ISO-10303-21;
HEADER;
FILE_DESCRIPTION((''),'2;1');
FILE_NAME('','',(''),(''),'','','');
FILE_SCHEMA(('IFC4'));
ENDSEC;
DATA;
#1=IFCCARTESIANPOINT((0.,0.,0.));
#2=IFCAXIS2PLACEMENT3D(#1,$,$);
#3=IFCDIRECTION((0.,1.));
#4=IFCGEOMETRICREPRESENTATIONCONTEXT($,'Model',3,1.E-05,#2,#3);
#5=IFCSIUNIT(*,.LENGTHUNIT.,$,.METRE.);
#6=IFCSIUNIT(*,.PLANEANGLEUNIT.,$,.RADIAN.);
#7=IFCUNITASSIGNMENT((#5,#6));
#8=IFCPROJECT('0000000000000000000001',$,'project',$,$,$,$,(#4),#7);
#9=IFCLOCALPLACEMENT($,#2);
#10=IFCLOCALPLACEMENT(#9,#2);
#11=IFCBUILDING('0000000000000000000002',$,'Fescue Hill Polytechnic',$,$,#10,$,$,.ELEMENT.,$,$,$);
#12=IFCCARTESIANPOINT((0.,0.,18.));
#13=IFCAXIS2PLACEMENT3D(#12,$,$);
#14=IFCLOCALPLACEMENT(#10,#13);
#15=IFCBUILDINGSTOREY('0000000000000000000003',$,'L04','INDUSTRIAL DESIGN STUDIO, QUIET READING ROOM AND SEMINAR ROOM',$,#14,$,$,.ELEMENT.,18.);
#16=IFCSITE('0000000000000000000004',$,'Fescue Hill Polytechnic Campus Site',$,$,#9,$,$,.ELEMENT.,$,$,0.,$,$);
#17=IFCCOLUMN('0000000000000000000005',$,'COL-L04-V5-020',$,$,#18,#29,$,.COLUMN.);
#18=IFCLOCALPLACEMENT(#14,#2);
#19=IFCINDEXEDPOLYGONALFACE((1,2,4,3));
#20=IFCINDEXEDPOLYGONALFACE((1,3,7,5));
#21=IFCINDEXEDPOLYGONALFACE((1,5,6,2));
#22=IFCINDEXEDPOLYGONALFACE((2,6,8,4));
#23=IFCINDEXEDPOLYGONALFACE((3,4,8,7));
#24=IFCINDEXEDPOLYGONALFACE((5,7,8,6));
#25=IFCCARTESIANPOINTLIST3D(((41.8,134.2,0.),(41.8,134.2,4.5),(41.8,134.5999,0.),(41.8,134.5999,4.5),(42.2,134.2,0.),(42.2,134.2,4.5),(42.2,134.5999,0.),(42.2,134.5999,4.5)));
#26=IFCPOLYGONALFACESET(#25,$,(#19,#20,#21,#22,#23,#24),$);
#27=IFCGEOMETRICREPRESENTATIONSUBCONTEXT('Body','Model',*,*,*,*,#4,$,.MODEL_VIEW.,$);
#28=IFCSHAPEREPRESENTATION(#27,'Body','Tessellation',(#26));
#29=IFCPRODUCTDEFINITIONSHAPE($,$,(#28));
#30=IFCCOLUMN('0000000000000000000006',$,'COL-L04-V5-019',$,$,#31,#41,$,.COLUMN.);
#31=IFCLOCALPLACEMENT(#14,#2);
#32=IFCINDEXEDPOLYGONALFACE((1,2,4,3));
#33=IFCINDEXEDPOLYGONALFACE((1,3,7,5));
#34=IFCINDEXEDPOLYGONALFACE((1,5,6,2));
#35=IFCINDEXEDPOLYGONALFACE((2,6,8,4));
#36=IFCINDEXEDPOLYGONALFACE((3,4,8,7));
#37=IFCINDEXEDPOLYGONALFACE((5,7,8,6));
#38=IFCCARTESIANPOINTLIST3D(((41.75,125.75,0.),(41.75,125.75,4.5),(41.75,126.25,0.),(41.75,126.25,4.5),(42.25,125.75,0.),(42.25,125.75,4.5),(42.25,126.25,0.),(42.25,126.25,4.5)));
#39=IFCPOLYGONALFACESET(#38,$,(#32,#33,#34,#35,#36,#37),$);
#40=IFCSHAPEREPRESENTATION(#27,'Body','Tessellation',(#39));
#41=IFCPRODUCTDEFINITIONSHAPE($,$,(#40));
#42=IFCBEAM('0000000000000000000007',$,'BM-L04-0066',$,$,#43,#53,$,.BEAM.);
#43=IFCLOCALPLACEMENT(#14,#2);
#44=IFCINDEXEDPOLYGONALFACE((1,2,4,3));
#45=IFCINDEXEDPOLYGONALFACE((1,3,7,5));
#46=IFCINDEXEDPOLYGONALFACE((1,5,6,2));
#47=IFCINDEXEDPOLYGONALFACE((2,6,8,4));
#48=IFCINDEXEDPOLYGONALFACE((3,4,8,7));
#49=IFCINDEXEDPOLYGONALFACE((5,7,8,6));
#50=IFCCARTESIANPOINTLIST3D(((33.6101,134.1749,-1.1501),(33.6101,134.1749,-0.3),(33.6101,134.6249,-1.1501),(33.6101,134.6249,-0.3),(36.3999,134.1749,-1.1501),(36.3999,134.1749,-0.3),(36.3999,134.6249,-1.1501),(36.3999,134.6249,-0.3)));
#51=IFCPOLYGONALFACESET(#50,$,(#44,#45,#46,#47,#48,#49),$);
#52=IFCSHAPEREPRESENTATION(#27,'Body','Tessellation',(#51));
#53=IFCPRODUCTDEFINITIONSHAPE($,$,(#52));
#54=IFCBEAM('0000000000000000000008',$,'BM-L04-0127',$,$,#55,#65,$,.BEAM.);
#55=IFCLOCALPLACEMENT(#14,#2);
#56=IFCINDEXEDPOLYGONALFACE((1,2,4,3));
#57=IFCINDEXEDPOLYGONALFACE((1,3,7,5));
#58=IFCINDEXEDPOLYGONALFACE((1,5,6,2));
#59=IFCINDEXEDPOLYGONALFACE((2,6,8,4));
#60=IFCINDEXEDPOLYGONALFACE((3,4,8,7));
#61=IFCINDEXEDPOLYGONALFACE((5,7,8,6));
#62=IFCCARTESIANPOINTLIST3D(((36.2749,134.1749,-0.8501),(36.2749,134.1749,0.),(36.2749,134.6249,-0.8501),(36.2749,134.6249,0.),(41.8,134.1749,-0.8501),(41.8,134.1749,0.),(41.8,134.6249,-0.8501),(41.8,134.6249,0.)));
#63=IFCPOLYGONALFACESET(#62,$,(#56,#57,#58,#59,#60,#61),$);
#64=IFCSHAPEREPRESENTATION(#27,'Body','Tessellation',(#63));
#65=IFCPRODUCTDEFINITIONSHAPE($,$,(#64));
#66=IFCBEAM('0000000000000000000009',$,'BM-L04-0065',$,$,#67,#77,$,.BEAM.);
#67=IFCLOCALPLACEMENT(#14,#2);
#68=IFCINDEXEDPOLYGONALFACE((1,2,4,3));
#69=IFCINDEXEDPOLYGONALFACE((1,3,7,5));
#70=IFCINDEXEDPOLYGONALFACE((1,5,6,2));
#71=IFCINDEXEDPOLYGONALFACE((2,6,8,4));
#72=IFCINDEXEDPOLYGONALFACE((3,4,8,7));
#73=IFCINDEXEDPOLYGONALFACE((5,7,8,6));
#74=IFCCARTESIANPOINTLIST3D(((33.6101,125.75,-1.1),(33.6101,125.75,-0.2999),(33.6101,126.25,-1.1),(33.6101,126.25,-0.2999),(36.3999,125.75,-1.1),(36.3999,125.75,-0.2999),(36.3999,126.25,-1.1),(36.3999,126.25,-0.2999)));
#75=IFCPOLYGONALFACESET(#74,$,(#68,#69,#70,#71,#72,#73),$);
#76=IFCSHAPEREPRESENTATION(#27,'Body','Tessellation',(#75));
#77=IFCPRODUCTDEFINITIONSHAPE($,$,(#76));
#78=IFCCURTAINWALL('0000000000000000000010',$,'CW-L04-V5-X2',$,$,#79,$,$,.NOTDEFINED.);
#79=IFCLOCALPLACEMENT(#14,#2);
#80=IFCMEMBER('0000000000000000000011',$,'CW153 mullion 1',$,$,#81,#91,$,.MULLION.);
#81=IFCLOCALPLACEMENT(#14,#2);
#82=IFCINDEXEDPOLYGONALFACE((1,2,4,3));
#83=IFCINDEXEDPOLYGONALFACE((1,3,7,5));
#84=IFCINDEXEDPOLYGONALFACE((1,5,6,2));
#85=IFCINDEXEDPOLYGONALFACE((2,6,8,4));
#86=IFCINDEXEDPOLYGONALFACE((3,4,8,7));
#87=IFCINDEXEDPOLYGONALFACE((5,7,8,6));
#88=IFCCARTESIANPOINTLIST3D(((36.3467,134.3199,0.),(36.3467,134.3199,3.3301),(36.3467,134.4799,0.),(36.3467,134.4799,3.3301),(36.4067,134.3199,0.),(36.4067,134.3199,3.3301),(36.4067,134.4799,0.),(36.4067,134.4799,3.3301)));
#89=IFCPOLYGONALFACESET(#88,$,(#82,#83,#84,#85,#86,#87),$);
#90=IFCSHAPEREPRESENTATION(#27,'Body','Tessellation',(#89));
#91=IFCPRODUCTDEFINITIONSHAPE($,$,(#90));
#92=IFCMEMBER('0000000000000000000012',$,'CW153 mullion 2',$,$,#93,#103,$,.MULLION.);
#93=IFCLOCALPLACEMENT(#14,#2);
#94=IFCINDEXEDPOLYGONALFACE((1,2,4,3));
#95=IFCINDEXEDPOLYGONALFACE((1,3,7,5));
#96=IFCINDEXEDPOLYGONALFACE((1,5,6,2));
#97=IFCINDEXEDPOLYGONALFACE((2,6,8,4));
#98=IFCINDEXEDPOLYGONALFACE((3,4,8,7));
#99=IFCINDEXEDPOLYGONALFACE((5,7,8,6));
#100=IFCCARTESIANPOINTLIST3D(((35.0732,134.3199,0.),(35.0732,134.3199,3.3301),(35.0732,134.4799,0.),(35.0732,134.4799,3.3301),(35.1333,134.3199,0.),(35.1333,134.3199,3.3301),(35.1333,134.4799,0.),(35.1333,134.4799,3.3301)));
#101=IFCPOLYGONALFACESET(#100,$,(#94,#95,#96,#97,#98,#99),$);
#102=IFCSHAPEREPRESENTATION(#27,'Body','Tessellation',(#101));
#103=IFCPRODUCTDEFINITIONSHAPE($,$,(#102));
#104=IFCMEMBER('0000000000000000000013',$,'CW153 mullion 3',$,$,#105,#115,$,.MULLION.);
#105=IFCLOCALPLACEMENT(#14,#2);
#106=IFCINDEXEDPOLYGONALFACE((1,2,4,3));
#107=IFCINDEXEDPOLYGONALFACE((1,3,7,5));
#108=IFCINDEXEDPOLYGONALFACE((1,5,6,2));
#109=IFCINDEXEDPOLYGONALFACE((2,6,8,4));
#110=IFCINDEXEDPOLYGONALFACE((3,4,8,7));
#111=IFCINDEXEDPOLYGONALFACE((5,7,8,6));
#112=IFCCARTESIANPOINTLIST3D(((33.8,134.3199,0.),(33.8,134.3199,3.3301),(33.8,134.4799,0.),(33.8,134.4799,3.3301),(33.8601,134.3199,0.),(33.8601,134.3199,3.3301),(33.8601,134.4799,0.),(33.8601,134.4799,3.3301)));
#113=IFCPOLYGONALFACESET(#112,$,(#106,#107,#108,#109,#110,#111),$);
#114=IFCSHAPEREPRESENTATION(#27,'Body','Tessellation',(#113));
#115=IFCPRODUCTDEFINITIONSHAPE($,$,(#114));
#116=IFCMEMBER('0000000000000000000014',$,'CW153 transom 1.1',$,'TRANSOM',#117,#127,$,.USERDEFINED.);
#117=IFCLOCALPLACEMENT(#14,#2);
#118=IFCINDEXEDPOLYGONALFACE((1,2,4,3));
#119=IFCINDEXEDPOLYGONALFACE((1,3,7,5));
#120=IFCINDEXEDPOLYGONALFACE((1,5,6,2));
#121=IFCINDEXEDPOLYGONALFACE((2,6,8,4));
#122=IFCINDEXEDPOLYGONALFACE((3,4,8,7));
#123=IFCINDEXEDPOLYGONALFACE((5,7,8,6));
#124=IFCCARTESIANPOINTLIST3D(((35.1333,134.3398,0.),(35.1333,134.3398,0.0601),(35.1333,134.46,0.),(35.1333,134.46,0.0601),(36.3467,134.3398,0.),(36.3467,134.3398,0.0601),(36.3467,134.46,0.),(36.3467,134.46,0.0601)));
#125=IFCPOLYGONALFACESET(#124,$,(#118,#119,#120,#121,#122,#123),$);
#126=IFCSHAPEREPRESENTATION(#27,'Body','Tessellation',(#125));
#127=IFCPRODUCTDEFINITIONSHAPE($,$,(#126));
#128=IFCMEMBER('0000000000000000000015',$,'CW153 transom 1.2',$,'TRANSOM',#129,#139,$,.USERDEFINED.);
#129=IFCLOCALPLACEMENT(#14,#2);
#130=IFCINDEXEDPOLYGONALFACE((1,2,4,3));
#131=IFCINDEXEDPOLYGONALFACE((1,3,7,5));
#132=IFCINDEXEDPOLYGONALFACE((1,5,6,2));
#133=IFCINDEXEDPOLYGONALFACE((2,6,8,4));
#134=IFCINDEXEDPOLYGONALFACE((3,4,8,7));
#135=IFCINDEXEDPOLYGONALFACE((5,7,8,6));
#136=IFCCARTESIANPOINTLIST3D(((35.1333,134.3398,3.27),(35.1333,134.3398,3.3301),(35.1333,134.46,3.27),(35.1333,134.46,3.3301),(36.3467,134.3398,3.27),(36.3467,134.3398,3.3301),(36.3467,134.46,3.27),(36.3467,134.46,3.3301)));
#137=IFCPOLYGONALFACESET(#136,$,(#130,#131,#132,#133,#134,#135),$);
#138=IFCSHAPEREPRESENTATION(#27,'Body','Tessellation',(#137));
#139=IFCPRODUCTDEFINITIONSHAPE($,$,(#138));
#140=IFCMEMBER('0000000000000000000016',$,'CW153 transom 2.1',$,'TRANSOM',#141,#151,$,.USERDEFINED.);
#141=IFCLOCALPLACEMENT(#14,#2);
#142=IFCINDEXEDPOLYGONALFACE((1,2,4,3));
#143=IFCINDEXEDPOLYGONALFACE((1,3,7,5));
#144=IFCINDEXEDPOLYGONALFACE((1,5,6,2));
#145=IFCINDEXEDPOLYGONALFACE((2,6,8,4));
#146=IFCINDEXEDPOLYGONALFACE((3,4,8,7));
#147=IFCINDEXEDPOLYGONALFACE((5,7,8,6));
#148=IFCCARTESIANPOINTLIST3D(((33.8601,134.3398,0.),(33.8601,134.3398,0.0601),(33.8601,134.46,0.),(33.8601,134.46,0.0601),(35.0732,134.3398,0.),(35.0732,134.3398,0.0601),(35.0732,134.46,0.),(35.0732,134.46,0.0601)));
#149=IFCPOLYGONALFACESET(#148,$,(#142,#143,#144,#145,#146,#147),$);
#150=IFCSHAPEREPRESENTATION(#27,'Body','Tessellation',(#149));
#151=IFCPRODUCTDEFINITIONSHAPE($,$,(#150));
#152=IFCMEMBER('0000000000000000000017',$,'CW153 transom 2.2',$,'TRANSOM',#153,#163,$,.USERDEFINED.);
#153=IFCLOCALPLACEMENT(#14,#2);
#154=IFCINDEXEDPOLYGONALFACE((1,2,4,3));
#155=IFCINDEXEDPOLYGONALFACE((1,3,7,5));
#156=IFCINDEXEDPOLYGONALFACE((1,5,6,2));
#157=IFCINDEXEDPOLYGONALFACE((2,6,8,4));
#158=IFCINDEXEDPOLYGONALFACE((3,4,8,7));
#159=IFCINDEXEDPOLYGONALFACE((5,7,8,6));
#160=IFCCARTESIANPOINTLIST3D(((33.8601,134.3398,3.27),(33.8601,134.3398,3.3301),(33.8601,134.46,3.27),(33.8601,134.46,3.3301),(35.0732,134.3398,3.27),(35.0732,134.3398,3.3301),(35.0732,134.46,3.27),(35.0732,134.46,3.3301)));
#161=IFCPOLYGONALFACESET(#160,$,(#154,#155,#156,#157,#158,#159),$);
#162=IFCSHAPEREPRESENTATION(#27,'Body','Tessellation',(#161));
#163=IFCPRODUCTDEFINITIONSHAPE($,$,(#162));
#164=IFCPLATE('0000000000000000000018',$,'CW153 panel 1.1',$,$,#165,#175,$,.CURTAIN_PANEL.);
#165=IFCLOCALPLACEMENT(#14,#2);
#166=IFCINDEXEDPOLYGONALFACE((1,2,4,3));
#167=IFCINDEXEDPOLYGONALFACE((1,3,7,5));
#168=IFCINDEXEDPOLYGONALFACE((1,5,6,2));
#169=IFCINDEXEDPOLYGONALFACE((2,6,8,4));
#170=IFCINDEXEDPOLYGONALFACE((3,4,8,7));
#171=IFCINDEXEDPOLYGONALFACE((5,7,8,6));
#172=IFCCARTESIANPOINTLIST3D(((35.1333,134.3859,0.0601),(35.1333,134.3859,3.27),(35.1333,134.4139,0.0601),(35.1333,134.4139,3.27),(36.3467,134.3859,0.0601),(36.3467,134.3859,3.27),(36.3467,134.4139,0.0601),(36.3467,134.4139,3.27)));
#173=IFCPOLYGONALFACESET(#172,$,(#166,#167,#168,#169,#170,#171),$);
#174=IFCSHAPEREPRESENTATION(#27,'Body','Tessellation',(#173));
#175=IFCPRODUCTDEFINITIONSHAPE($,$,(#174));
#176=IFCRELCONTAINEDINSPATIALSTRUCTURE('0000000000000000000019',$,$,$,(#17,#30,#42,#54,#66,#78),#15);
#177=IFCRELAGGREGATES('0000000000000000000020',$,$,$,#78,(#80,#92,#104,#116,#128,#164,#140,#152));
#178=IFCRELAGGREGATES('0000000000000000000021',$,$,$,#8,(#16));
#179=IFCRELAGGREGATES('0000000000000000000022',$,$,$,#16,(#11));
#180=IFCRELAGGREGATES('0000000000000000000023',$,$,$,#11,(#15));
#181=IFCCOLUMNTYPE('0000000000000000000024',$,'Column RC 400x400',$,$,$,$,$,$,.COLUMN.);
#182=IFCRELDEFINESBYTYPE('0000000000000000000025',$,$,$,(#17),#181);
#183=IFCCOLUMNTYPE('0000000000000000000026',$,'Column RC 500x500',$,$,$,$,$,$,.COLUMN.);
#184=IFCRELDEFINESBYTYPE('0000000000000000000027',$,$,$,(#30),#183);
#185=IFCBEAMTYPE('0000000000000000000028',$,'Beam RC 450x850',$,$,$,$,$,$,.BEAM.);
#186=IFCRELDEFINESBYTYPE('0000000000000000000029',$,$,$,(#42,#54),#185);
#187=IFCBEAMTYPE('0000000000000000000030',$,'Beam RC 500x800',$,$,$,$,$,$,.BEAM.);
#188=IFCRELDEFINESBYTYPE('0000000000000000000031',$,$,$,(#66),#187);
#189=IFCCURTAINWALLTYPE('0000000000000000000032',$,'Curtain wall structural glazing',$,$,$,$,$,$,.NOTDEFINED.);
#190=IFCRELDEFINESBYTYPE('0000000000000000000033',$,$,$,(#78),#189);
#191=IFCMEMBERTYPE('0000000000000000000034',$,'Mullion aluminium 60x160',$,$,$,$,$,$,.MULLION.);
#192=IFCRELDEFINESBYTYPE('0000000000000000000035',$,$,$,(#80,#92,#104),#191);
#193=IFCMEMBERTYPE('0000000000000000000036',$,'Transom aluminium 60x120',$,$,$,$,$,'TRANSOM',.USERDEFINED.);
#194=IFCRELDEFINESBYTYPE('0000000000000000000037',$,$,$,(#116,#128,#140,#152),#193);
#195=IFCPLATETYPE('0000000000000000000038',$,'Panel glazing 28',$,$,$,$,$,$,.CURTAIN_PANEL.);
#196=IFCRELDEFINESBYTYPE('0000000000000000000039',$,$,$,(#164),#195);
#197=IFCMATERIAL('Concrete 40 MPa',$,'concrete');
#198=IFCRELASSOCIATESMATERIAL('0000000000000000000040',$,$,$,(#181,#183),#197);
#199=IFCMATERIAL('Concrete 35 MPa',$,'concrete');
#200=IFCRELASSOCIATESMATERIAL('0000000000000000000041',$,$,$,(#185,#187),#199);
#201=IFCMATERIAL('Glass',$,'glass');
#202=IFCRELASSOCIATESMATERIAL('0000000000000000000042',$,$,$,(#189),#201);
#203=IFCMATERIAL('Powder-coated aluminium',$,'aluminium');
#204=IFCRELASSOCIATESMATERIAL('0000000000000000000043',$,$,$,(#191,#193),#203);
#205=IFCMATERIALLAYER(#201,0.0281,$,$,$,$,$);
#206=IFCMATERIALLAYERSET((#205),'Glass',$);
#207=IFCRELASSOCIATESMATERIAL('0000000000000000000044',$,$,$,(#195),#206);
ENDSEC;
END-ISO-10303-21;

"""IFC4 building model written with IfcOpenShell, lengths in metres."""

from ifc_helpers import new_model, si_unit, direction, frame, origin, origin_2d, place, context, subcontext, project, spatial, rectangle, extrude, material, layer, layer_set, material_profile, profile_set, type_object, element, aggregate, save


model = new_model("IFC4")

# Units and contexts
model_context = context("Model", 3, precision=1e-05, world=origin(), true_north=direction((0.0, 1.0)))
body_context = subcontext(model_context, "Body", "Model", "MODEL_VIEW")
ifc_project = project(units=[si_unit("LENGTHUNIT", "METRE"), si_unit("PLANEANGLEUNIT", "RADIAN")], contexts=[model_context])

# Site, building, storey
site_placement = place(None, origin())
site = spatial("IfcSite", under=ifc_project, at=site_placement, Name="Fescue Hill Polytechnic Campus Site", CompositionType="ELEMENT", RefElevation=0.0)
building_placement = place(site_placement, origin())
building = spatial("IfcBuilding", under=site, at=building_placement, Name="Fescue Hill Polytechnic", CompositionType="ELEMENT")
storey_placement = place(building_placement, frame((0.0, 0.0, 18.0)))
storey = spatial("IfcBuildingStorey", under=building, at=storey_placement, Name="L04", Description="INDUSTRIAL DESIGN STUDIO, QUIET READING ROOM AND SEMINAR ROOM", CompositionType="ELEMENT", Elevation=18.0)

# Columns
ifc_material_1 = material(Name="Concrete 40 MPa", Category="concrete")
ifc_material_profile_1 = material_profile(ifc_material_1, rectangle(XDim=0.3999, YDim=0.3999, at=origin_2d()), Name="RC 400x400")
ifc_profile_set_1 = profile_set([ifc_material_profile_1], Name="Concrete 40 MPa")
column_type_1 = type_object("IfcColumnType", Name="Column RC 400x400", PredefinedType="COLUMN", material=ifc_profile_set_1)
column_1_placement = place(storey_placement, frame((42.0, 134.3999, 0.0), z_axis=(0.0, 0.0, 1.0), x_axis=(1.0, 0.0, 0.0)))
element("IfcColumn", 1, at=column_1_placement, inside=storey, type_object=column_type_1, Name="COL-L04-V5-020", PredefinedType="COLUMN", context=body_context, shape_type="SweptSolid", body=[
    extrude(rectangle(XDim=0.3999, YDim=0.3999, at=origin_2d()), origin(), (0.0, 0.0, 1.0), 4.5),
])
ifc_material_profile_2 = material_profile(ifc_material_1, rectangle(XDim=0.5, YDim=0.5, at=origin_2d()), Name="RC 500x500")
ifc_profile_set_2 = profile_set([ifc_material_profile_2], Name="Concrete 40 MPa")
column_type_2 = type_object("IfcColumnType", Name="Column RC 500x500", PredefinedType="COLUMN", material=ifc_profile_set_2)
column_2_placement = place(storey_placement, frame((42.0, 126.0, 0.0), z_axis=(0.0, 0.0, 1.0), x_axis=(1.0, 0.0, 0.0)))
element("IfcColumn", 2, at=column_2_placement, inside=storey, type_object=column_type_2, Name="COL-L04-V5-019", PredefinedType="COLUMN", context=body_context, shape_type="SweptSolid", body=[
    extrude(rectangle(XDim=0.5, YDim=0.5, at=origin_2d()), origin(), (0.0, 0.0, 1.0), 4.5),
])

# Beams
ifc_material_2 = material(Name="Concrete 35 MPa", Category="concrete")
ifc_material_profile_3 = material_profile(ifc_material_2, rectangle(XDim=0.45, YDim=0.8501, at=origin_2d()), Name="RC 450x850")
ifc_profile_set_3 = profile_set([ifc_material_profile_3], Name="Concrete 35 MPa")
beam_type_1 = type_object("IfcBeamType", Name="Beam RC 450x850", PredefinedType="BEAM", material=ifc_profile_set_3)
beam_1_placement = place(storey_placement, frame((33.6101, 134.3999, -0.7251), z_axis=(1.0, 0.0, 0.0), x_axis=(0.0, 1.0, 0.0)))
element("IfcBeam", 3, at=beam_1_placement, inside=storey, type_object=beam_type_1, Name="BM-L04-0066", PredefinedType="BEAM", context=body_context, shape_type="SweptSolid", body=[
    extrude(rectangle(XDim=0.45, YDim=0.8501, at=origin_2d()), origin(), (0.0, 0.0, 1.0), 2.7898),
])
beam_2_placement = place(storey_placement, frame((36.2749, 134.3999, -0.425), z_axis=(1.0, 0.0, 0.0), x_axis=(0.0, 1.0, 0.0)))
element("IfcBeam", 4, at=beam_2_placement, inside=storey, type_object=beam_type_1, Name="BM-L04-0127", PredefinedType="BEAM", context=body_context, shape_type="SweptSolid", body=[
    extrude(rectangle(XDim=0.45, YDim=0.8501, at=origin_2d()), origin(), (0.0, 0.0, 1.0), 5.5251),
])
ifc_material_profile_4 = material_profile(ifc_material_2, rectangle(XDim=0.5, YDim=0.8, at=origin_2d()), Name="RC 500x800")
ifc_profile_set_4 = profile_set([ifc_material_profile_4], Name="Concrete 35 MPa")
beam_type_2 = type_object("IfcBeamType", Name="Beam RC 500x800", PredefinedType="BEAM", material=ifc_profile_set_4)
beam_3_placement = place(storey_placement, frame((33.6101, 126.0, -0.7), z_axis=(1.0, 0.0, 0.0), x_axis=(0.0, 1.0, 0.0)))
element("IfcBeam", 5, at=beam_3_placement, inside=storey, type_object=beam_type_2, Name="BM-L04-0065", PredefinedType="BEAM", context=body_context, shape_type="SweptSolid", body=[
    extrude(rectangle(XDim=0.5, YDim=0.8, at=origin_2d()), origin(), (0.0, 0.0, 1.0), 2.7898),
])

# Curtain wall, members, plate
ifc_material_3 = material(Name="Glass", Category="glass")
curtain_wall_type = type_object("IfcCurtainWallType", Name="Curtain wall structural glazing", PredefinedType="NOTDEFINED", material=ifc_material_3)
curtain_wall_placement = place(storey_placement, origin())
curtain_wall = element("IfcCurtainWall", 6, at=curtain_wall_placement, inside=storey, type_object=curtain_wall_type, Name="CW-L04-V5-X2", PredefinedType="NOTDEFINED")
ifc_material_4 = material(Name="Powder-coated aluminium", Category="aluminium")
ifc_material_profile_5 = material_profile(ifc_material_4, rectangle(XDim=0.1599, YDim=0.0601, at=origin_2d()), Name="Mullion aluminium 60x160")
ifc_profile_set_5 = profile_set([ifc_material_profile_5], Name="Powder-coated aluminium")
member_type_1 = type_object("IfcMemberType", Name="Mullion aluminium 60x160", PredefinedType="MULLION", material=ifc_profile_set_5)
member_1_placement = place(storey_placement, frame((36.3767, 134.3999, 0.0), z_axis=(0.0, 0.0, 1.0), x_axis=(0.0, -1.0, 0.0)))
member_1 = element("IfcMember", 7, at=member_1_placement, type_object=member_type_1, Name="CW153 mullion 1", PredefinedType="MULLION", context=body_context, shape_type="SweptSolid", body=[
    extrude(rectangle(XDim=0.1599, YDim=0.0601, at=origin_2d()), origin(), (0.0, 0.0, 1.0), 3.3301),
])
member_2_placement = place(storey_placement, frame((35.1033, 134.3999, 0.0), z_axis=(0.0, 0.0, 1.0), x_axis=(0.0, -1.0, 0.0)))
member_2 = element("IfcMember", 8, at=member_2_placement, type_object=member_type_1, Name="CW153 mullion 2", PredefinedType="MULLION", context=body_context, shape_type="SweptSolid", body=[
    extrude(rectangle(XDim=0.1599, YDim=0.0601, at=origin_2d()), origin(), (0.0, 0.0, 1.0), 3.3301),
])
member_3_placement = place(storey_placement, frame((33.8301, 134.3999, 0.0), z_axis=(0.0, 0.0, 1.0), x_axis=(0.0, -1.0, 0.0)))
member_3 = element("IfcMember", 9, at=member_3_placement, type_object=member_type_1, Name="CW153 mullion 3", PredefinedType="MULLION", context=body_context, shape_type="SweptSolid", body=[
    extrude(rectangle(XDim=0.1599, YDim=0.0601, at=origin_2d()), origin(), (0.0, 0.0, 1.0), 3.3301),
])
ifc_material_profile_6 = material_profile(ifc_material_4, rectangle(XDim=0.1201, YDim=0.0601, at=origin_2d()), Name="Transom aluminium 60x120")
ifc_profile_set_6 = profile_set([ifc_material_profile_6], Name="Powder-coated aluminium")
member_type_2 = type_object("IfcMemberType", Name="Transom aluminium 60x120", ElementType="TRANSOM", PredefinedType="USERDEFINED", material=ifc_profile_set_6)
member_4_placement = place(storey_placement, frame((36.3467, 134.3999, 0.03), z_axis=(-1.0, 0.0, 0.0), x_axis=(0.0, -1.0, 0.0)))
member_4 = element("IfcMember", 10, at=member_4_placement, type_object=member_type_2, Name="CW153 transom 1.1", ObjectType="TRANSOM", PredefinedType="USERDEFINED", context=body_context, shape_type="SweptSolid", body=[
    extrude(rectangle(XDim=0.1201, YDim=0.0601, at=origin_2d()), origin(), (0.0, 0.0, 1.0), 1.2134),
])
member_5_placement = place(storey_placement, frame((36.3467, 134.3999, 3.3), z_axis=(-1.0, 0.0, 0.0), x_axis=(0.0, -1.0, 0.0)))
member_5 = element("IfcMember", 11, at=member_5_placement, type_object=member_type_2, Name="CW153 transom 1.2", ObjectType="TRANSOM", PredefinedType="USERDEFINED", context=body_context, shape_type="SweptSolid", body=[
    extrude(rectangle(XDim=0.1201, YDim=0.0601, at=origin_2d()), origin(), (0.0, 0.0, 1.0), 1.2134),
])
member_6_placement = place(storey_placement, frame((35.0732, 134.3999, 0.03), z_axis=(-1.0, 0.0, 0.0), x_axis=(0.0, -1.0, 0.0)))
member_6 = element("IfcMember", 12, at=member_6_placement, type_object=member_type_2, Name="CW153 transom 2.1", ObjectType="TRANSOM", PredefinedType="USERDEFINED", context=body_context, shape_type="SweptSolid", body=[
    extrude(rectangle(XDim=0.1201, YDim=0.0601, at=origin_2d()), origin(), (0.0, 0.0, 1.0), 1.2131),
])
member_7_placement = place(storey_placement, frame((35.0732, 134.3999, 3.3), z_axis=(-1.0, 0.0, 0.0), x_axis=(0.0, -1.0, 0.0)))
member_7 = element("IfcMember", 13, at=member_7_placement, type_object=member_type_2, Name="CW153 transom 2.2", ObjectType="TRANSOM", PredefinedType="USERDEFINED", context=body_context, shape_type="SweptSolid", body=[
    extrude(rectangle(XDim=0.1201, YDim=0.0601, at=origin_2d()), origin(), (0.0, 0.0, 1.0), 1.2131),
])
ifc_layer_1 = layer(ifc_material_3, 0.0281)
ifc_layer_set_1 = layer_set([ifc_layer_1], Name="Glass")
plate_type = type_object("IfcPlateType", Name="Panel glazing 28", PredefinedType="CURTAIN_PANEL", material=ifc_layer_set_1)
plate_1_placement = place(storey_placement, frame((35.74, 134.3999, 0.0601), z_axis=(0.0, 0.0, 1.0), x_axis=(-1.0, 0.0, 0.0)))
plate_1 = element("IfcPlate", 14, at=plate_1_placement, type_object=plate_type, Name="CW153 panel 1.1", PredefinedType="CURTAIN_PANEL", context=body_context, shape_type="SweptSolid", body=[
    extrude(rectangle(XDim=1.2134, YDim=0.0281, at=origin_2d()), origin(), (0.0, 0.0, 1.0), 3.21),
])
aggregate(curtain_wall, [member_1, member_2, member_3, member_4, member_5, plate_1, member_6, member_7])

save(model, "model.ifc")
